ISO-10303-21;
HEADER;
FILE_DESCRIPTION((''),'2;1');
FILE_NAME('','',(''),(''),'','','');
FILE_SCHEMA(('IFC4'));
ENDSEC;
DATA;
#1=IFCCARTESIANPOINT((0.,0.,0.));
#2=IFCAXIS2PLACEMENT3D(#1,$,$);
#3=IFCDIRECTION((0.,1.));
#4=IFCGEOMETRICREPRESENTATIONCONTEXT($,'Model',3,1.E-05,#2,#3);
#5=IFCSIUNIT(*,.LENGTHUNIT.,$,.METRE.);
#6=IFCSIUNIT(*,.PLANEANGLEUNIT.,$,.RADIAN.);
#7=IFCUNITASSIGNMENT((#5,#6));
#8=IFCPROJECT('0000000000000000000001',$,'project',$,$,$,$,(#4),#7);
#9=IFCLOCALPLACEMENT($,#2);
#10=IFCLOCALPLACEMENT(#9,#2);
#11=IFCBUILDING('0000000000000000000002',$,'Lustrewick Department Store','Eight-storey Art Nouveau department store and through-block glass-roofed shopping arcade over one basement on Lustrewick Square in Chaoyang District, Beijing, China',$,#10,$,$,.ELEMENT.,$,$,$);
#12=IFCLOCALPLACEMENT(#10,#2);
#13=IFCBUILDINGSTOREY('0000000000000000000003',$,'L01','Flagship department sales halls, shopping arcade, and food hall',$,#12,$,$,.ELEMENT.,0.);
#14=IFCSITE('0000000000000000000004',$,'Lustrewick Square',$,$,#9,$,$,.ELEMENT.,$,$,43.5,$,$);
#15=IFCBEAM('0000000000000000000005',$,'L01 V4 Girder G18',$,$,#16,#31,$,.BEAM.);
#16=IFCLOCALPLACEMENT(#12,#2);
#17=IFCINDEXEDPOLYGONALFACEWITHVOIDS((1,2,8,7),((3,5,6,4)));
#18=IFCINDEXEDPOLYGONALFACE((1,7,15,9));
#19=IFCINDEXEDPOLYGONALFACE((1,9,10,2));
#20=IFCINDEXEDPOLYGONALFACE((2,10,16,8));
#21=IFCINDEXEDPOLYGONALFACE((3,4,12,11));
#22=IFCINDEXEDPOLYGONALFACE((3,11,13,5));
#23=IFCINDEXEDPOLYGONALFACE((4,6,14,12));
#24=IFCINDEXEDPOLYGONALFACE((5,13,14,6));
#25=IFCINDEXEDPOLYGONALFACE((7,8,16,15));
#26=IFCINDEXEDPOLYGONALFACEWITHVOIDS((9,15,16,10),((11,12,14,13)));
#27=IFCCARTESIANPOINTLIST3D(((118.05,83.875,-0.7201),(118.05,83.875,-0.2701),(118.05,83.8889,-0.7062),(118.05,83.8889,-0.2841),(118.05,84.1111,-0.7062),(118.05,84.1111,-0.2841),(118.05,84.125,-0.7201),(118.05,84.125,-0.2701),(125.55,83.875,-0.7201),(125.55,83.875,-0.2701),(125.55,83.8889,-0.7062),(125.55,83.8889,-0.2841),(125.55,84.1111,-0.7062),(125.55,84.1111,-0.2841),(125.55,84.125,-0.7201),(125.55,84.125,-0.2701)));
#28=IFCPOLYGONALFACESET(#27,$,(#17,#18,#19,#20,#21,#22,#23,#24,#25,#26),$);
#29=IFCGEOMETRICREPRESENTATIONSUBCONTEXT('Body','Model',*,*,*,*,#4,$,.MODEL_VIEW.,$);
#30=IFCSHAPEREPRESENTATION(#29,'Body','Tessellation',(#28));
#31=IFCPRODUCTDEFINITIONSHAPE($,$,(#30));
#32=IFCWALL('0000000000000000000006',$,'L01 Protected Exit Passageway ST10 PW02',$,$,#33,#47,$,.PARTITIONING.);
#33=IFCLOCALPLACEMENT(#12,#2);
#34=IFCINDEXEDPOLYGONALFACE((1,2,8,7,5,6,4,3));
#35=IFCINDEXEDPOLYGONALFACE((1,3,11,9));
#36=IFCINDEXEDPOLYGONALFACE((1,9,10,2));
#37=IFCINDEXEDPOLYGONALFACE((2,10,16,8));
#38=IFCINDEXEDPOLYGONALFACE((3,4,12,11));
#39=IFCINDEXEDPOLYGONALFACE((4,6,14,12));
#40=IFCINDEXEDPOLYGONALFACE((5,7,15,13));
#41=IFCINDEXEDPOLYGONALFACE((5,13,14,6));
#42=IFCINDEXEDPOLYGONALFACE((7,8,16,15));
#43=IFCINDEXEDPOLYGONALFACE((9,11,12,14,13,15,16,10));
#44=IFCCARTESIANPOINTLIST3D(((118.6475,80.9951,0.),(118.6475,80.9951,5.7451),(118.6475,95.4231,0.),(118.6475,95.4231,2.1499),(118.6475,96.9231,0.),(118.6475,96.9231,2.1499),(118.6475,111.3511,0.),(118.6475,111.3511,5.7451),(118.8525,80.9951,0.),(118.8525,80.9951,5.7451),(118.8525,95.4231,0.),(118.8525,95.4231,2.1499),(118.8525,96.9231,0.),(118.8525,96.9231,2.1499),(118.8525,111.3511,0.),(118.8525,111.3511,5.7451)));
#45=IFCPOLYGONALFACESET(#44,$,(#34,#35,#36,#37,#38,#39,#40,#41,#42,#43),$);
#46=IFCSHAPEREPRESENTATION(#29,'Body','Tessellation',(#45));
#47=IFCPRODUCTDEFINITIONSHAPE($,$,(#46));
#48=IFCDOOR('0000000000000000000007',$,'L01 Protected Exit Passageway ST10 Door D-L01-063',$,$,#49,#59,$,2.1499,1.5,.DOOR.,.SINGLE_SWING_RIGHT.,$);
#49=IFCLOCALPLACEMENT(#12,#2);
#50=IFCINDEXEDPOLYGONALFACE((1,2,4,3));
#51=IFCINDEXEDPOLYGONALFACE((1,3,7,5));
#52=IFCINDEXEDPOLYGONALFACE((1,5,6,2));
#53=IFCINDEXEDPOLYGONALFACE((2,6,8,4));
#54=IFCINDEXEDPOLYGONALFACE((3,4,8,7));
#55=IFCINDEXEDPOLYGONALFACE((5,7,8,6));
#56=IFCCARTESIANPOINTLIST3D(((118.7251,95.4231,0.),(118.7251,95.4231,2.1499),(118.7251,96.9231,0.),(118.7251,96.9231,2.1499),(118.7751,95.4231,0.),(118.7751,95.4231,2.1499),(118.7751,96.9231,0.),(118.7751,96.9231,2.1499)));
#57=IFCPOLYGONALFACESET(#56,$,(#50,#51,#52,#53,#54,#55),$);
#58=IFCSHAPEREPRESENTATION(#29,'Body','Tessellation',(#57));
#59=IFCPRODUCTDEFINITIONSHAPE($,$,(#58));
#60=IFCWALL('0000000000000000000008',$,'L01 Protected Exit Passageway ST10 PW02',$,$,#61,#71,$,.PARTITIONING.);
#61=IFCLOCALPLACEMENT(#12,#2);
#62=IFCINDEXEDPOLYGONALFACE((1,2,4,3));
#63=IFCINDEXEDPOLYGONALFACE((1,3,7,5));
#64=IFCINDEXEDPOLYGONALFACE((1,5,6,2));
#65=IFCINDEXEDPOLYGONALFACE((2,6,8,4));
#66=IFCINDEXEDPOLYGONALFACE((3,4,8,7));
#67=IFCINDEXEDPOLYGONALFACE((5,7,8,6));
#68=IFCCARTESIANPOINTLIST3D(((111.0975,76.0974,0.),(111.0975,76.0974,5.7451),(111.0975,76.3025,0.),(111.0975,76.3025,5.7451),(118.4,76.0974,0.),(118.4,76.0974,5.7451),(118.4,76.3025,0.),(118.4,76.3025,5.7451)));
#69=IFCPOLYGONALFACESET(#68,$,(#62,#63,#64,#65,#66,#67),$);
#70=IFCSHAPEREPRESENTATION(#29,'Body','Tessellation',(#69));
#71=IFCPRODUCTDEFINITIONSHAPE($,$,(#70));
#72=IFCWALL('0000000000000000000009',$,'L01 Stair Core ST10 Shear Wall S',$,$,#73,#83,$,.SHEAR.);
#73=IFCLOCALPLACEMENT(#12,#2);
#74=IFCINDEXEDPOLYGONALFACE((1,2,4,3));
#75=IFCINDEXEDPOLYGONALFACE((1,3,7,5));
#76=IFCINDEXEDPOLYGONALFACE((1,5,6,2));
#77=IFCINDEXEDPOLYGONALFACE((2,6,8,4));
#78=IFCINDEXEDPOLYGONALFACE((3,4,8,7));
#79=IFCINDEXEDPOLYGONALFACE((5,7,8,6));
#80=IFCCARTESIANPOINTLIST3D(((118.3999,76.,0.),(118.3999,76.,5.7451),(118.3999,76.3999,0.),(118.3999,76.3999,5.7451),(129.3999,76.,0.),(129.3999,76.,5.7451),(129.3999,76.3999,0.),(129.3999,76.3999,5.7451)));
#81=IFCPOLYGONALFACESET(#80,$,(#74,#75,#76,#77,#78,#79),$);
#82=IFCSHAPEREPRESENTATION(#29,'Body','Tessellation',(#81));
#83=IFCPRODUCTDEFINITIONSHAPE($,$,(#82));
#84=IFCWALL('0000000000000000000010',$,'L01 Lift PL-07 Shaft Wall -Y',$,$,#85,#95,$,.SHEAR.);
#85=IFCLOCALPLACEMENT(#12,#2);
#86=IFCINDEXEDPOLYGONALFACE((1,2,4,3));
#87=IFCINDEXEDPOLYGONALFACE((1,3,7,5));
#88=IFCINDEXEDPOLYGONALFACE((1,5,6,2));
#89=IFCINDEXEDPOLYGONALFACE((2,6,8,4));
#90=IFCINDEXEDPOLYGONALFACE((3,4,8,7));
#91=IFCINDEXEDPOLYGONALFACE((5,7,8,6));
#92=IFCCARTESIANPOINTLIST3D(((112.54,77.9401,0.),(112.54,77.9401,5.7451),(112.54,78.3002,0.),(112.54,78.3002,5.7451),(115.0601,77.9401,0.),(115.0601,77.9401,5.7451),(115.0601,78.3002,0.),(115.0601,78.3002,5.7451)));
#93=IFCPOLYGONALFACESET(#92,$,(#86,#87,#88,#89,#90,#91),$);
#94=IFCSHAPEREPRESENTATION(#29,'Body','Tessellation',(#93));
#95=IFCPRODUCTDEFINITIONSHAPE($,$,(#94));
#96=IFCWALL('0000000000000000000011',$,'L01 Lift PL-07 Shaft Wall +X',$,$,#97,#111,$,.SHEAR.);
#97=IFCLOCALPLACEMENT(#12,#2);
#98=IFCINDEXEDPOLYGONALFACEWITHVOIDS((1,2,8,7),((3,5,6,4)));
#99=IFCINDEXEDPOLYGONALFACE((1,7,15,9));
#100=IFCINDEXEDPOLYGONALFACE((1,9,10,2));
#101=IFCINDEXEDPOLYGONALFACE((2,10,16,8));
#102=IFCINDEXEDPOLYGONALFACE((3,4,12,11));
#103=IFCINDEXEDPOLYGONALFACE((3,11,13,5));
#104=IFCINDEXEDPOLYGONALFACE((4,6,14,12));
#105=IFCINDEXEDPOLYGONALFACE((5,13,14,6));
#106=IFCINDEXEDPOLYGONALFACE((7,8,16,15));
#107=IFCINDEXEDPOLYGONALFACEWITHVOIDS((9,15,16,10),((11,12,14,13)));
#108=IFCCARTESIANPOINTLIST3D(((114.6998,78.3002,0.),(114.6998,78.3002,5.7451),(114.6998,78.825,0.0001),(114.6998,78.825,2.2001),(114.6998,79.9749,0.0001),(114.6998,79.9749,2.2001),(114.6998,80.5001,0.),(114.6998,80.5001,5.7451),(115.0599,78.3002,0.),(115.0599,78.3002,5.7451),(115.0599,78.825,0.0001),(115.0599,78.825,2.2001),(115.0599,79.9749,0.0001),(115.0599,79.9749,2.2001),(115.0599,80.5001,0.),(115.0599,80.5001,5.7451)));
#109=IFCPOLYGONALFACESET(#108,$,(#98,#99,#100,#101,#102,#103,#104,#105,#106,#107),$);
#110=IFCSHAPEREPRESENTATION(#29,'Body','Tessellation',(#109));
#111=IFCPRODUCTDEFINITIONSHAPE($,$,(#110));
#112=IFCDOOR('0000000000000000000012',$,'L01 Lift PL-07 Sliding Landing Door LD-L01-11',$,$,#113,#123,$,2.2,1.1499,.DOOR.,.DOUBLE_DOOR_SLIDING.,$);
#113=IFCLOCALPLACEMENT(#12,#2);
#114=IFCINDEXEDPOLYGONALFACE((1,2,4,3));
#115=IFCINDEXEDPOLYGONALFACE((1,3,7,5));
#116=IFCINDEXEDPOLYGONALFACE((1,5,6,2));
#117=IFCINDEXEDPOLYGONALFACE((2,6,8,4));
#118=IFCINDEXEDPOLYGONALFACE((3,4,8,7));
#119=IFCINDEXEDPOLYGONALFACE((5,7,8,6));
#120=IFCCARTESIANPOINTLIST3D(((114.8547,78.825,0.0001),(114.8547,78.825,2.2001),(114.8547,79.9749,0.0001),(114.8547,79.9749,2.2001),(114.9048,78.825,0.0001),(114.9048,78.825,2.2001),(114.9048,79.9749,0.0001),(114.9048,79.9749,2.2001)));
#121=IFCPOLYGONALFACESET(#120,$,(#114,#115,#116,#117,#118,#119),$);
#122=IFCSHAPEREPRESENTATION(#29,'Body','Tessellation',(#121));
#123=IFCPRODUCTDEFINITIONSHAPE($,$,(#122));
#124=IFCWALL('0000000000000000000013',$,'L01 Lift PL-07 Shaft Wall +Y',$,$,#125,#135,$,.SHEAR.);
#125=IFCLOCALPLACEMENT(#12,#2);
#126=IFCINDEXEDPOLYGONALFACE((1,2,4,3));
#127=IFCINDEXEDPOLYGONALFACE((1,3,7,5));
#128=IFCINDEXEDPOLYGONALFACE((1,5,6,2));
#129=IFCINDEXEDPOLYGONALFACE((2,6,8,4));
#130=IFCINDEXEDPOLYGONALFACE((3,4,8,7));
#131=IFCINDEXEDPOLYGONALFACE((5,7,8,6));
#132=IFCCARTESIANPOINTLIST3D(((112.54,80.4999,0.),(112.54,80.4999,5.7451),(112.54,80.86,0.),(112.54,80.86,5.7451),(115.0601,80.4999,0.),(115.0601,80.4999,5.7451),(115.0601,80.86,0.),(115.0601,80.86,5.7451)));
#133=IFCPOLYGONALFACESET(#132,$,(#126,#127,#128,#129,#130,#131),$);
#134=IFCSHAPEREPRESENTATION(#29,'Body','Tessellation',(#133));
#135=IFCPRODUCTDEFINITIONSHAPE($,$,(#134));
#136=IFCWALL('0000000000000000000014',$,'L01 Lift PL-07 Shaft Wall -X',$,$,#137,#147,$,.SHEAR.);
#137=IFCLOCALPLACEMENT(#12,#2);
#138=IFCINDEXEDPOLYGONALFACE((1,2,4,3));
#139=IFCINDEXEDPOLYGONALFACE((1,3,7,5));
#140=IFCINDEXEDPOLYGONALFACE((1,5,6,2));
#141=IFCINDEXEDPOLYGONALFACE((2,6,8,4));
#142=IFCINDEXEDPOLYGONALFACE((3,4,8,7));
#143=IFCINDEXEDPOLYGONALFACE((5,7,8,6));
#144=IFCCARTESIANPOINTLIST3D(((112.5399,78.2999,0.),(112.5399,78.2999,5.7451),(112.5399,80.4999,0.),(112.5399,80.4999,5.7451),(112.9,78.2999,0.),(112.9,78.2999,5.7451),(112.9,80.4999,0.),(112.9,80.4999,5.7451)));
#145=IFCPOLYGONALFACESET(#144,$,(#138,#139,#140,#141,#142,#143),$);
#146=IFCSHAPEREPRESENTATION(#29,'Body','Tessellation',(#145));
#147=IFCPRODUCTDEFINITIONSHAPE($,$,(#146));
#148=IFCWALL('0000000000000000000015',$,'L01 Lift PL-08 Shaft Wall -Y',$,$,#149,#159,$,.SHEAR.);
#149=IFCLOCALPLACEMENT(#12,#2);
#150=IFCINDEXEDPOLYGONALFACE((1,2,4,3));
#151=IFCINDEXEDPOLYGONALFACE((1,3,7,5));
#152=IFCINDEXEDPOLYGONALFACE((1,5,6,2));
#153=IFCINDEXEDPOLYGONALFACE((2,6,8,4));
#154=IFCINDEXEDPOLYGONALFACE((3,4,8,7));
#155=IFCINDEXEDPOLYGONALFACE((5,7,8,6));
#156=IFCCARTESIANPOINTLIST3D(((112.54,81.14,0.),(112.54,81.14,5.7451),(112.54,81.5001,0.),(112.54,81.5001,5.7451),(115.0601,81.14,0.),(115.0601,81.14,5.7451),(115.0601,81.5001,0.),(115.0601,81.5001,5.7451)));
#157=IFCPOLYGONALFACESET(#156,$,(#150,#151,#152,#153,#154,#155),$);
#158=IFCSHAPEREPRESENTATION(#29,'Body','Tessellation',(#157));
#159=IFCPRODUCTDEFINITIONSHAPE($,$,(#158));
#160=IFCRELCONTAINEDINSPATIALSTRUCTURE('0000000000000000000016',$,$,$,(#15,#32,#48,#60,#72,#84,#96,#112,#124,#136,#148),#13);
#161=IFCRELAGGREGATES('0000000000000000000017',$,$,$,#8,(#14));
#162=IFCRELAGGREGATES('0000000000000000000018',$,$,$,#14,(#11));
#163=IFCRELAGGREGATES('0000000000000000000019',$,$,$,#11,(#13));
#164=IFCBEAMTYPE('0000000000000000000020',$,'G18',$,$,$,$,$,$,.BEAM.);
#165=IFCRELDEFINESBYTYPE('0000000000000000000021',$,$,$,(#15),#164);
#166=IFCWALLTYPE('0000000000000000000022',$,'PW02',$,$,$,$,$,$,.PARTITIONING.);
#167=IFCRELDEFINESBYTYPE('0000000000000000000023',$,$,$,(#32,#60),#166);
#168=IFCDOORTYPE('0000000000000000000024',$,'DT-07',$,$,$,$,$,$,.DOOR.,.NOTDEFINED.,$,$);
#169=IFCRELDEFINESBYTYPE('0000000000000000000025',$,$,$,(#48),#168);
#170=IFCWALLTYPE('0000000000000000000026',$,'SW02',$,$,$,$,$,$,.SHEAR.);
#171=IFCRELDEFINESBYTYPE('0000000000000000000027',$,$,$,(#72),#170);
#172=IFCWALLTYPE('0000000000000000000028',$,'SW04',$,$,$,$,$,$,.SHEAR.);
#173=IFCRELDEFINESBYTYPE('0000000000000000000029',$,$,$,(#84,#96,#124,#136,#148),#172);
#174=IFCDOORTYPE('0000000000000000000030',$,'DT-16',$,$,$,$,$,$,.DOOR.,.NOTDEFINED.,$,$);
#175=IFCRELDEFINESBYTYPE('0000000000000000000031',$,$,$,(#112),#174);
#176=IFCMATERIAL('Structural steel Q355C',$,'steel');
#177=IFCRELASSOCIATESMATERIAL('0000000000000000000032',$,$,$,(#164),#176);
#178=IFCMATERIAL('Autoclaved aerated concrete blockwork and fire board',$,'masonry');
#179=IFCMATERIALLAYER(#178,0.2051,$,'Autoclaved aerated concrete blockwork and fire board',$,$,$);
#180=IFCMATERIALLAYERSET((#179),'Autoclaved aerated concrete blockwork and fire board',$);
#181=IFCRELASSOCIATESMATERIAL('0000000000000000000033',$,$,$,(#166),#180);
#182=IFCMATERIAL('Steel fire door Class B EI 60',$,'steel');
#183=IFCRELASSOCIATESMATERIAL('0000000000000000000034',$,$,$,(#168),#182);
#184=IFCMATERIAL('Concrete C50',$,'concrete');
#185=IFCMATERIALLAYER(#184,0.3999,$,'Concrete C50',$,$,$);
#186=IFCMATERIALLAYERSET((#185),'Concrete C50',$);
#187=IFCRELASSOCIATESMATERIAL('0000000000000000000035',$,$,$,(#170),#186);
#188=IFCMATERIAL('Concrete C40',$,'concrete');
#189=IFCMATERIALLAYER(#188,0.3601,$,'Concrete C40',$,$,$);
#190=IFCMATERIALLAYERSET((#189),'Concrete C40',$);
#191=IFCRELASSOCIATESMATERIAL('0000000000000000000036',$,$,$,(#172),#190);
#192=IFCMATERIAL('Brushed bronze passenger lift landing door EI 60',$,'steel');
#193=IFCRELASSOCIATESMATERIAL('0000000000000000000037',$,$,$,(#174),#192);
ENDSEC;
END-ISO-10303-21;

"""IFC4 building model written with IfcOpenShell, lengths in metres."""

from ifc_helpers import new_model, si_unit, direction, frame, frame_2d, origin, origin_2d, place, context, subcontext, project, spatial, rectangle, hollow_rectangle, extrude, material, layer, layer_set, material_profile, profile_set, type_object, element, fill, save


model = new_model("IFC4")

# Units and contexts
model_context = context("Model", 3, precision=1e-05, world=origin(), true_north=direction((0.0, 1.0)))
body_context = subcontext(model_context, "Body", "Model", "MODEL_VIEW")
ifc_project = project(units=[si_unit("LENGTHUNIT", "METRE"), si_unit("PLANEANGLEUNIT", "RADIAN")], contexts=[model_context])

# Site, building, storey
site_placement = place(None, origin())
site = spatial("IfcSite", under=ifc_project, at=site_placement, Name="Lustrewick Square", CompositionType="ELEMENT", RefElevation=43.5)
building_placement = place(site_placement, origin())
building = spatial("IfcBuilding", under=site, at=building_placement, Name="Lustrewick Department Store", Description="Eight-storey Art Nouveau department store and through-block glass-roofed shopping arcade over one basement on Lustrewick Square in Chaoyang District, Beijing, China", CompositionType="ELEMENT")
storey_placement = place(building_placement, origin())
storey = spatial("IfcBuildingStorey", under=building, at=storey_placement, Name="L01", Description="Flagship department sales halls, shopping arcade, and food hall", CompositionType="ELEMENT", Elevation=0.0)

# Shared definitions
ifc_material_1 = material(Name="Structural steel Q355C", Category="steel")

# Beam
ifc_material_profile_1 = material_profile(ifc_material_1, hollow_rectangle(XDim=0.25, YDim=0.45, WallThickness=0.0139, at=origin_2d()), Name="RHS 450x250x14")
ifc_profile_set_1 = profile_set([ifc_material_profile_1], Name="Structural steel Q355C")
beam_type_1 = type_object("IfcBeamType", Name="G18", PredefinedType="BEAM", material=ifc_profile_set_1)
beam_1_placement = place(storey_placement, frame((118.05, 84.0, -0.4951), z_axis=(1.0, 0.0, 0.0), x_axis=(0.0, 1.0, 0.0)))
element("IfcBeam", 1, at=beam_1_placement, inside=storey, type_object=beam_type_1, Name="L01 V4 Girder G18", PredefinedType="BEAM", context=body_context, shape_type="SweptSolid", body=[
    extrude(hollow_rectangle(XDim=0.25, YDim=0.45, WallThickness=0.0139, at=origin_2d()), origin(), (0.0, 0.0, 1.0), 7.5),
])

# Wall, opening, door
ifc_material_2 = material(Name="Autoclaved aerated concrete blockwork and fire board", Category="masonry")
ifc_layer_1 = layer(ifc_material_2, 0.2051, Name="Autoclaved aerated concrete blockwork and fire board")
ifc_layer_set_1 = layer_set([ifc_layer_1], Name="Autoclaved aerated concrete blockwork and fire board")
wall_type_1 = type_object("IfcWallType", Name="PW02", PredefinedType="PARTITIONING", material=ifc_layer_set_1)
wall_1_placement = place(storey_placement, frame((118.75, 80.9951, 0.0), z_axis=(0.0, 0.0, 1.0), x_axis=(0.0, 1.0, 0.0)))
wall_1 = element("IfcWall", 2, at=wall_1_placement, inside=storey, type_object=wall_type_1, Name="L01 Protected Exit Passageway ST10 PW02", PredefinedType="PARTITIONING", context=body_context, shape_type="SweptSolid", body=[
    extrude(rectangle(XDim=30.356, YDim=0.2051, at=frame_2d((15.178, 0.0))), origin(), (0.0, 0.0, 1.0), 5.7451),
])
opening_1_placement = place(wall_1_placement, frame((14.428, 0.0, 0.0)))
opening_1 = element("IfcOpeningElement", 3, at=opening_1_placement, cuts=wall_1, PredefinedType="OPENING", context=body_context, shape_type="SweptSolid", body=[
    extrude(rectangle(XDim=1.5, YDim=2.1499, at=frame_2d((0.75, 1.075))), frame((0.0, 0.1125, 0.0), z_axis=(0.0, -1.0, 0.0), x_axis=(1.0, 0.0, 0.0)), (0.0, 0.0, 1.0), 0.2251),
])
ifc_material_3 = material(Name="Steel fire door Class B EI 60", Category="steel")
door_type_1 = type_object("IfcDoorType", Name="DT-07", OperationType="NOTDEFINED", PredefinedType="DOOR", material=ifc_material_3)
door_1_placement = place(opening_1_placement, origin())
door_1 = element("IfcDoor", 4, at=door_1_placement, inside=storey, type_object=door_type_1, Name="L01 Protected Exit Passageway ST10 Door D-L01-063", OperationType="SINGLE_SWING_RIGHT", OverallHeight=2.1499, OverallWidth=1.5, PredefinedType="DOOR", context=body_context, shape_type="SweptSolid", body=[
    extrude(rectangle(XDim=1.5, YDim=2.1499, at=frame_2d((0.75, 1.075))), frame((0.0, 0.0249, 0.0), z_axis=(0.0, -1.0, 0.0), x_axis=(1.0, 0.0, 0.0)), (0.0, 0.0, 1.0), 0.05),
])
fill(opening_1, door_1)

# Walls
wall_2_placement = place(storey_placement, frame((111.0974, 76.2, 0.0), z_axis=(0.0, 0.0, 1.0), x_axis=(1.0, 0.0, 0.0)))
element("IfcWall", 5, at=wall_2_placement, inside=storey, type_object=wall_type_1, Name="L01 Protected Exit Passageway ST10 PW02", PredefinedType="PARTITIONING", context=body_context, shape_type="SweptSolid", body=[
    extrude(rectangle(XDim=7.3025, YDim=0.2051, at=frame_2d((3.6514, 0.0))), origin(), (0.0, 0.0, 1.0), 5.7451),
])
ifc_material_4 = material(Name="Concrete C50", Category="concrete")
ifc_layer_2 = layer(ifc_material_4, 0.3999, Name="Concrete C50")
ifc_layer_set_2 = layer_set([ifc_layer_2], Name="Concrete C50")
wall_type_2 = type_object("IfcWallType", Name="SW02", PredefinedType="SHEAR", material=ifc_layer_set_2)
wall_3_placement = place(storey_placement, frame((118.3999, 76.2, 0.0), z_axis=(0.0, 0.0, 1.0), x_axis=(1.0, 0.0, 0.0)))
element("IfcWall", 6, at=wall_3_placement, inside=storey, type_object=wall_type_2, Name="L01 Stair Core ST10 Shear Wall S", PredefinedType="SHEAR", context=body_context, shape_type="SweptSolid", body=[
    extrude(rectangle(XDim=11.0, YDim=0.3999, at=frame_2d((5.5, 0.0))), origin(), (0.0, 0.0, 1.0), 5.7451),
])

# Wall
ifc_material_5 = material(Name="Concrete C40", Category="concrete")
ifc_layer_3 = layer(ifc_material_5, 0.3601, Name="Concrete C40")
ifc_layer_set_3 = layer_set([ifc_layer_3], Name="Concrete C40")
wall_type_3 = type_object("IfcWallType", Name="SW04", PredefinedType="SHEAR", material=ifc_layer_set_3)
wall_4_placement = place(storey_placement, frame((112.54, 78.1201, 0.0), z_axis=(0.0, 0.0, 1.0), x_axis=(1.0, 0.0, 0.0)))
element("IfcWall", 7, at=wall_4_placement, inside=storey, type_object=wall_type_3, Name="L01 Lift PL-07 Shaft Wall -Y", PredefinedType="SHEAR", context=body_context, shape_type="SweptSolid", body=[
    extrude(rectangle(XDim=2.52, YDim=0.3601, at=frame_2d((1.26, 0.0))), origin(), (0.0, 0.0, 1.0), 5.7451),
])

# Wall, opening, door
wall_5_placement = place(storey_placement, frame((114.8799, 78.3, 0.0), z_axis=(0.0, 0.0, 1.0), x_axis=(0.0, 1.0, 0.0)))
wall_5 = element("IfcWall", 8, at=wall_5_placement, inside=storey, type_object=wall_type_3, Name="L01 Lift PL-07 Shaft Wall +X", PredefinedType="SHEAR", context=body_context, shape_type="SweptSolid", body=[
    extrude(rectangle(XDim=2.2, YDim=0.3601, at=frame_2d((1.1001, 0.0))), origin(), (0.0, 0.0, 1.0), 5.7451),
])
opening_2_placement = place(wall_5_placement, frame((0.5249, 0.0, 0.0)))
opening_2 = element("IfcOpeningElement", 9, at=opening_2_placement, cuts=wall_5, PredefinedType="OPENING", context=body_context, shape_type="SweptSolid", body=[
    extrude(rectangle(XDim=1.1499, YDim=2.2, at=frame_2d((0.575, 1.1001))), frame((0.0, 0.1899, 0.0), z_axis=(0.0, -1.0, 0.0), x_axis=(1.0, 0.0, 0.0)), (0.0, 0.0, 1.0), 0.3801),
])
ifc_material_6 = material(Name="Brushed bronze passenger lift landing door EI 60", Category="steel")
door_type_2 = type_object("IfcDoorType", Name="DT-16", OperationType="NOTDEFINED", PredefinedType="DOOR", material=ifc_material_6)
door_2_placement = place(opening_2_placement, frame((1.1499, 0.0, 0.0), z_axis=(0.0, 0.0, 1.0), x_axis=(-1.0, 0.0, 0.0)))
door_2 = element("IfcDoor", 10, at=door_2_placement, inside=storey, type_object=door_type_2, Name="L01 Lift PL-07 Sliding Landing Door LD-L01-11", OperationType="DOUBLE_DOOR_SLIDING", OverallHeight=2.2, OverallWidth=1.1499, PredefinedType="DOOR", context=body_context, shape_type="SweptSolid", body=[
    extrude(rectangle(XDim=1.1499, YDim=2.2, at=frame_2d((0.575, 1.1001))), frame((0.0, 0.0249, 0.0), z_axis=(0.0, -1.0, 0.0), x_axis=(1.0, 0.0, 0.0)), (0.0, 0.0, 1.0), 0.05),
])
fill(opening_2, door_2)

# Walls
wall_6_placement = place(storey_placement, frame((115.0601, 80.6799, 0.0), z_axis=(0.0, 0.0, 1.0), x_axis=(-1.0, 0.0, 0.0)))
element("IfcWall", 11, at=wall_6_placement, inside=storey, type_object=wall_type_3, Name="L01 Lift PL-07 Shaft Wall +Y", PredefinedType="SHEAR", context=body_context, shape_type="SweptSolid", body=[
    extrude(rectangle(XDim=2.52, YDim=0.3601, at=frame_2d((1.26, 0.0))), origin(), (0.0, 0.0, 1.0), 5.7451),
])
wall_7_placement = place(storey_placement, frame((112.72, 80.5, 0.0), z_axis=(0.0, 0.0, 1.0), x_axis=(0.0, -1.0, 0.0)))
element("IfcWall", 12, at=wall_7_placement, inside=storey, type_object=wall_type_3, Name="L01 Lift PL-07 Shaft Wall -X", PredefinedType="SHEAR", context=body_context, shape_type="SweptSolid", body=[
    extrude(rectangle(XDim=2.2, YDim=0.3601, at=frame_2d((1.1001, 0.0))), origin(), (0.0, 0.0, 1.0), 5.7451),
])
wall_8_placement = place(storey_placement, frame((112.54, 81.3201, 0.0), z_axis=(0.0, 0.0, 1.0), x_axis=(1.0, 0.0, 0.0)))
element("IfcWall", 13, at=wall_8_placement, inside=storey, type_object=wall_type_3, Name="L01 Lift PL-08 Shaft Wall -Y", PredefinedType="SHEAR", context=body_context, shape_type="SweptSolid", body=[
    extrude(rectangle(XDim=2.52, YDim=0.3601, at=frame_2d((1.26, 0.0))), origin(), (0.0, 0.0, 1.0), 5.7451),
])

save(model, "model.ifc")
